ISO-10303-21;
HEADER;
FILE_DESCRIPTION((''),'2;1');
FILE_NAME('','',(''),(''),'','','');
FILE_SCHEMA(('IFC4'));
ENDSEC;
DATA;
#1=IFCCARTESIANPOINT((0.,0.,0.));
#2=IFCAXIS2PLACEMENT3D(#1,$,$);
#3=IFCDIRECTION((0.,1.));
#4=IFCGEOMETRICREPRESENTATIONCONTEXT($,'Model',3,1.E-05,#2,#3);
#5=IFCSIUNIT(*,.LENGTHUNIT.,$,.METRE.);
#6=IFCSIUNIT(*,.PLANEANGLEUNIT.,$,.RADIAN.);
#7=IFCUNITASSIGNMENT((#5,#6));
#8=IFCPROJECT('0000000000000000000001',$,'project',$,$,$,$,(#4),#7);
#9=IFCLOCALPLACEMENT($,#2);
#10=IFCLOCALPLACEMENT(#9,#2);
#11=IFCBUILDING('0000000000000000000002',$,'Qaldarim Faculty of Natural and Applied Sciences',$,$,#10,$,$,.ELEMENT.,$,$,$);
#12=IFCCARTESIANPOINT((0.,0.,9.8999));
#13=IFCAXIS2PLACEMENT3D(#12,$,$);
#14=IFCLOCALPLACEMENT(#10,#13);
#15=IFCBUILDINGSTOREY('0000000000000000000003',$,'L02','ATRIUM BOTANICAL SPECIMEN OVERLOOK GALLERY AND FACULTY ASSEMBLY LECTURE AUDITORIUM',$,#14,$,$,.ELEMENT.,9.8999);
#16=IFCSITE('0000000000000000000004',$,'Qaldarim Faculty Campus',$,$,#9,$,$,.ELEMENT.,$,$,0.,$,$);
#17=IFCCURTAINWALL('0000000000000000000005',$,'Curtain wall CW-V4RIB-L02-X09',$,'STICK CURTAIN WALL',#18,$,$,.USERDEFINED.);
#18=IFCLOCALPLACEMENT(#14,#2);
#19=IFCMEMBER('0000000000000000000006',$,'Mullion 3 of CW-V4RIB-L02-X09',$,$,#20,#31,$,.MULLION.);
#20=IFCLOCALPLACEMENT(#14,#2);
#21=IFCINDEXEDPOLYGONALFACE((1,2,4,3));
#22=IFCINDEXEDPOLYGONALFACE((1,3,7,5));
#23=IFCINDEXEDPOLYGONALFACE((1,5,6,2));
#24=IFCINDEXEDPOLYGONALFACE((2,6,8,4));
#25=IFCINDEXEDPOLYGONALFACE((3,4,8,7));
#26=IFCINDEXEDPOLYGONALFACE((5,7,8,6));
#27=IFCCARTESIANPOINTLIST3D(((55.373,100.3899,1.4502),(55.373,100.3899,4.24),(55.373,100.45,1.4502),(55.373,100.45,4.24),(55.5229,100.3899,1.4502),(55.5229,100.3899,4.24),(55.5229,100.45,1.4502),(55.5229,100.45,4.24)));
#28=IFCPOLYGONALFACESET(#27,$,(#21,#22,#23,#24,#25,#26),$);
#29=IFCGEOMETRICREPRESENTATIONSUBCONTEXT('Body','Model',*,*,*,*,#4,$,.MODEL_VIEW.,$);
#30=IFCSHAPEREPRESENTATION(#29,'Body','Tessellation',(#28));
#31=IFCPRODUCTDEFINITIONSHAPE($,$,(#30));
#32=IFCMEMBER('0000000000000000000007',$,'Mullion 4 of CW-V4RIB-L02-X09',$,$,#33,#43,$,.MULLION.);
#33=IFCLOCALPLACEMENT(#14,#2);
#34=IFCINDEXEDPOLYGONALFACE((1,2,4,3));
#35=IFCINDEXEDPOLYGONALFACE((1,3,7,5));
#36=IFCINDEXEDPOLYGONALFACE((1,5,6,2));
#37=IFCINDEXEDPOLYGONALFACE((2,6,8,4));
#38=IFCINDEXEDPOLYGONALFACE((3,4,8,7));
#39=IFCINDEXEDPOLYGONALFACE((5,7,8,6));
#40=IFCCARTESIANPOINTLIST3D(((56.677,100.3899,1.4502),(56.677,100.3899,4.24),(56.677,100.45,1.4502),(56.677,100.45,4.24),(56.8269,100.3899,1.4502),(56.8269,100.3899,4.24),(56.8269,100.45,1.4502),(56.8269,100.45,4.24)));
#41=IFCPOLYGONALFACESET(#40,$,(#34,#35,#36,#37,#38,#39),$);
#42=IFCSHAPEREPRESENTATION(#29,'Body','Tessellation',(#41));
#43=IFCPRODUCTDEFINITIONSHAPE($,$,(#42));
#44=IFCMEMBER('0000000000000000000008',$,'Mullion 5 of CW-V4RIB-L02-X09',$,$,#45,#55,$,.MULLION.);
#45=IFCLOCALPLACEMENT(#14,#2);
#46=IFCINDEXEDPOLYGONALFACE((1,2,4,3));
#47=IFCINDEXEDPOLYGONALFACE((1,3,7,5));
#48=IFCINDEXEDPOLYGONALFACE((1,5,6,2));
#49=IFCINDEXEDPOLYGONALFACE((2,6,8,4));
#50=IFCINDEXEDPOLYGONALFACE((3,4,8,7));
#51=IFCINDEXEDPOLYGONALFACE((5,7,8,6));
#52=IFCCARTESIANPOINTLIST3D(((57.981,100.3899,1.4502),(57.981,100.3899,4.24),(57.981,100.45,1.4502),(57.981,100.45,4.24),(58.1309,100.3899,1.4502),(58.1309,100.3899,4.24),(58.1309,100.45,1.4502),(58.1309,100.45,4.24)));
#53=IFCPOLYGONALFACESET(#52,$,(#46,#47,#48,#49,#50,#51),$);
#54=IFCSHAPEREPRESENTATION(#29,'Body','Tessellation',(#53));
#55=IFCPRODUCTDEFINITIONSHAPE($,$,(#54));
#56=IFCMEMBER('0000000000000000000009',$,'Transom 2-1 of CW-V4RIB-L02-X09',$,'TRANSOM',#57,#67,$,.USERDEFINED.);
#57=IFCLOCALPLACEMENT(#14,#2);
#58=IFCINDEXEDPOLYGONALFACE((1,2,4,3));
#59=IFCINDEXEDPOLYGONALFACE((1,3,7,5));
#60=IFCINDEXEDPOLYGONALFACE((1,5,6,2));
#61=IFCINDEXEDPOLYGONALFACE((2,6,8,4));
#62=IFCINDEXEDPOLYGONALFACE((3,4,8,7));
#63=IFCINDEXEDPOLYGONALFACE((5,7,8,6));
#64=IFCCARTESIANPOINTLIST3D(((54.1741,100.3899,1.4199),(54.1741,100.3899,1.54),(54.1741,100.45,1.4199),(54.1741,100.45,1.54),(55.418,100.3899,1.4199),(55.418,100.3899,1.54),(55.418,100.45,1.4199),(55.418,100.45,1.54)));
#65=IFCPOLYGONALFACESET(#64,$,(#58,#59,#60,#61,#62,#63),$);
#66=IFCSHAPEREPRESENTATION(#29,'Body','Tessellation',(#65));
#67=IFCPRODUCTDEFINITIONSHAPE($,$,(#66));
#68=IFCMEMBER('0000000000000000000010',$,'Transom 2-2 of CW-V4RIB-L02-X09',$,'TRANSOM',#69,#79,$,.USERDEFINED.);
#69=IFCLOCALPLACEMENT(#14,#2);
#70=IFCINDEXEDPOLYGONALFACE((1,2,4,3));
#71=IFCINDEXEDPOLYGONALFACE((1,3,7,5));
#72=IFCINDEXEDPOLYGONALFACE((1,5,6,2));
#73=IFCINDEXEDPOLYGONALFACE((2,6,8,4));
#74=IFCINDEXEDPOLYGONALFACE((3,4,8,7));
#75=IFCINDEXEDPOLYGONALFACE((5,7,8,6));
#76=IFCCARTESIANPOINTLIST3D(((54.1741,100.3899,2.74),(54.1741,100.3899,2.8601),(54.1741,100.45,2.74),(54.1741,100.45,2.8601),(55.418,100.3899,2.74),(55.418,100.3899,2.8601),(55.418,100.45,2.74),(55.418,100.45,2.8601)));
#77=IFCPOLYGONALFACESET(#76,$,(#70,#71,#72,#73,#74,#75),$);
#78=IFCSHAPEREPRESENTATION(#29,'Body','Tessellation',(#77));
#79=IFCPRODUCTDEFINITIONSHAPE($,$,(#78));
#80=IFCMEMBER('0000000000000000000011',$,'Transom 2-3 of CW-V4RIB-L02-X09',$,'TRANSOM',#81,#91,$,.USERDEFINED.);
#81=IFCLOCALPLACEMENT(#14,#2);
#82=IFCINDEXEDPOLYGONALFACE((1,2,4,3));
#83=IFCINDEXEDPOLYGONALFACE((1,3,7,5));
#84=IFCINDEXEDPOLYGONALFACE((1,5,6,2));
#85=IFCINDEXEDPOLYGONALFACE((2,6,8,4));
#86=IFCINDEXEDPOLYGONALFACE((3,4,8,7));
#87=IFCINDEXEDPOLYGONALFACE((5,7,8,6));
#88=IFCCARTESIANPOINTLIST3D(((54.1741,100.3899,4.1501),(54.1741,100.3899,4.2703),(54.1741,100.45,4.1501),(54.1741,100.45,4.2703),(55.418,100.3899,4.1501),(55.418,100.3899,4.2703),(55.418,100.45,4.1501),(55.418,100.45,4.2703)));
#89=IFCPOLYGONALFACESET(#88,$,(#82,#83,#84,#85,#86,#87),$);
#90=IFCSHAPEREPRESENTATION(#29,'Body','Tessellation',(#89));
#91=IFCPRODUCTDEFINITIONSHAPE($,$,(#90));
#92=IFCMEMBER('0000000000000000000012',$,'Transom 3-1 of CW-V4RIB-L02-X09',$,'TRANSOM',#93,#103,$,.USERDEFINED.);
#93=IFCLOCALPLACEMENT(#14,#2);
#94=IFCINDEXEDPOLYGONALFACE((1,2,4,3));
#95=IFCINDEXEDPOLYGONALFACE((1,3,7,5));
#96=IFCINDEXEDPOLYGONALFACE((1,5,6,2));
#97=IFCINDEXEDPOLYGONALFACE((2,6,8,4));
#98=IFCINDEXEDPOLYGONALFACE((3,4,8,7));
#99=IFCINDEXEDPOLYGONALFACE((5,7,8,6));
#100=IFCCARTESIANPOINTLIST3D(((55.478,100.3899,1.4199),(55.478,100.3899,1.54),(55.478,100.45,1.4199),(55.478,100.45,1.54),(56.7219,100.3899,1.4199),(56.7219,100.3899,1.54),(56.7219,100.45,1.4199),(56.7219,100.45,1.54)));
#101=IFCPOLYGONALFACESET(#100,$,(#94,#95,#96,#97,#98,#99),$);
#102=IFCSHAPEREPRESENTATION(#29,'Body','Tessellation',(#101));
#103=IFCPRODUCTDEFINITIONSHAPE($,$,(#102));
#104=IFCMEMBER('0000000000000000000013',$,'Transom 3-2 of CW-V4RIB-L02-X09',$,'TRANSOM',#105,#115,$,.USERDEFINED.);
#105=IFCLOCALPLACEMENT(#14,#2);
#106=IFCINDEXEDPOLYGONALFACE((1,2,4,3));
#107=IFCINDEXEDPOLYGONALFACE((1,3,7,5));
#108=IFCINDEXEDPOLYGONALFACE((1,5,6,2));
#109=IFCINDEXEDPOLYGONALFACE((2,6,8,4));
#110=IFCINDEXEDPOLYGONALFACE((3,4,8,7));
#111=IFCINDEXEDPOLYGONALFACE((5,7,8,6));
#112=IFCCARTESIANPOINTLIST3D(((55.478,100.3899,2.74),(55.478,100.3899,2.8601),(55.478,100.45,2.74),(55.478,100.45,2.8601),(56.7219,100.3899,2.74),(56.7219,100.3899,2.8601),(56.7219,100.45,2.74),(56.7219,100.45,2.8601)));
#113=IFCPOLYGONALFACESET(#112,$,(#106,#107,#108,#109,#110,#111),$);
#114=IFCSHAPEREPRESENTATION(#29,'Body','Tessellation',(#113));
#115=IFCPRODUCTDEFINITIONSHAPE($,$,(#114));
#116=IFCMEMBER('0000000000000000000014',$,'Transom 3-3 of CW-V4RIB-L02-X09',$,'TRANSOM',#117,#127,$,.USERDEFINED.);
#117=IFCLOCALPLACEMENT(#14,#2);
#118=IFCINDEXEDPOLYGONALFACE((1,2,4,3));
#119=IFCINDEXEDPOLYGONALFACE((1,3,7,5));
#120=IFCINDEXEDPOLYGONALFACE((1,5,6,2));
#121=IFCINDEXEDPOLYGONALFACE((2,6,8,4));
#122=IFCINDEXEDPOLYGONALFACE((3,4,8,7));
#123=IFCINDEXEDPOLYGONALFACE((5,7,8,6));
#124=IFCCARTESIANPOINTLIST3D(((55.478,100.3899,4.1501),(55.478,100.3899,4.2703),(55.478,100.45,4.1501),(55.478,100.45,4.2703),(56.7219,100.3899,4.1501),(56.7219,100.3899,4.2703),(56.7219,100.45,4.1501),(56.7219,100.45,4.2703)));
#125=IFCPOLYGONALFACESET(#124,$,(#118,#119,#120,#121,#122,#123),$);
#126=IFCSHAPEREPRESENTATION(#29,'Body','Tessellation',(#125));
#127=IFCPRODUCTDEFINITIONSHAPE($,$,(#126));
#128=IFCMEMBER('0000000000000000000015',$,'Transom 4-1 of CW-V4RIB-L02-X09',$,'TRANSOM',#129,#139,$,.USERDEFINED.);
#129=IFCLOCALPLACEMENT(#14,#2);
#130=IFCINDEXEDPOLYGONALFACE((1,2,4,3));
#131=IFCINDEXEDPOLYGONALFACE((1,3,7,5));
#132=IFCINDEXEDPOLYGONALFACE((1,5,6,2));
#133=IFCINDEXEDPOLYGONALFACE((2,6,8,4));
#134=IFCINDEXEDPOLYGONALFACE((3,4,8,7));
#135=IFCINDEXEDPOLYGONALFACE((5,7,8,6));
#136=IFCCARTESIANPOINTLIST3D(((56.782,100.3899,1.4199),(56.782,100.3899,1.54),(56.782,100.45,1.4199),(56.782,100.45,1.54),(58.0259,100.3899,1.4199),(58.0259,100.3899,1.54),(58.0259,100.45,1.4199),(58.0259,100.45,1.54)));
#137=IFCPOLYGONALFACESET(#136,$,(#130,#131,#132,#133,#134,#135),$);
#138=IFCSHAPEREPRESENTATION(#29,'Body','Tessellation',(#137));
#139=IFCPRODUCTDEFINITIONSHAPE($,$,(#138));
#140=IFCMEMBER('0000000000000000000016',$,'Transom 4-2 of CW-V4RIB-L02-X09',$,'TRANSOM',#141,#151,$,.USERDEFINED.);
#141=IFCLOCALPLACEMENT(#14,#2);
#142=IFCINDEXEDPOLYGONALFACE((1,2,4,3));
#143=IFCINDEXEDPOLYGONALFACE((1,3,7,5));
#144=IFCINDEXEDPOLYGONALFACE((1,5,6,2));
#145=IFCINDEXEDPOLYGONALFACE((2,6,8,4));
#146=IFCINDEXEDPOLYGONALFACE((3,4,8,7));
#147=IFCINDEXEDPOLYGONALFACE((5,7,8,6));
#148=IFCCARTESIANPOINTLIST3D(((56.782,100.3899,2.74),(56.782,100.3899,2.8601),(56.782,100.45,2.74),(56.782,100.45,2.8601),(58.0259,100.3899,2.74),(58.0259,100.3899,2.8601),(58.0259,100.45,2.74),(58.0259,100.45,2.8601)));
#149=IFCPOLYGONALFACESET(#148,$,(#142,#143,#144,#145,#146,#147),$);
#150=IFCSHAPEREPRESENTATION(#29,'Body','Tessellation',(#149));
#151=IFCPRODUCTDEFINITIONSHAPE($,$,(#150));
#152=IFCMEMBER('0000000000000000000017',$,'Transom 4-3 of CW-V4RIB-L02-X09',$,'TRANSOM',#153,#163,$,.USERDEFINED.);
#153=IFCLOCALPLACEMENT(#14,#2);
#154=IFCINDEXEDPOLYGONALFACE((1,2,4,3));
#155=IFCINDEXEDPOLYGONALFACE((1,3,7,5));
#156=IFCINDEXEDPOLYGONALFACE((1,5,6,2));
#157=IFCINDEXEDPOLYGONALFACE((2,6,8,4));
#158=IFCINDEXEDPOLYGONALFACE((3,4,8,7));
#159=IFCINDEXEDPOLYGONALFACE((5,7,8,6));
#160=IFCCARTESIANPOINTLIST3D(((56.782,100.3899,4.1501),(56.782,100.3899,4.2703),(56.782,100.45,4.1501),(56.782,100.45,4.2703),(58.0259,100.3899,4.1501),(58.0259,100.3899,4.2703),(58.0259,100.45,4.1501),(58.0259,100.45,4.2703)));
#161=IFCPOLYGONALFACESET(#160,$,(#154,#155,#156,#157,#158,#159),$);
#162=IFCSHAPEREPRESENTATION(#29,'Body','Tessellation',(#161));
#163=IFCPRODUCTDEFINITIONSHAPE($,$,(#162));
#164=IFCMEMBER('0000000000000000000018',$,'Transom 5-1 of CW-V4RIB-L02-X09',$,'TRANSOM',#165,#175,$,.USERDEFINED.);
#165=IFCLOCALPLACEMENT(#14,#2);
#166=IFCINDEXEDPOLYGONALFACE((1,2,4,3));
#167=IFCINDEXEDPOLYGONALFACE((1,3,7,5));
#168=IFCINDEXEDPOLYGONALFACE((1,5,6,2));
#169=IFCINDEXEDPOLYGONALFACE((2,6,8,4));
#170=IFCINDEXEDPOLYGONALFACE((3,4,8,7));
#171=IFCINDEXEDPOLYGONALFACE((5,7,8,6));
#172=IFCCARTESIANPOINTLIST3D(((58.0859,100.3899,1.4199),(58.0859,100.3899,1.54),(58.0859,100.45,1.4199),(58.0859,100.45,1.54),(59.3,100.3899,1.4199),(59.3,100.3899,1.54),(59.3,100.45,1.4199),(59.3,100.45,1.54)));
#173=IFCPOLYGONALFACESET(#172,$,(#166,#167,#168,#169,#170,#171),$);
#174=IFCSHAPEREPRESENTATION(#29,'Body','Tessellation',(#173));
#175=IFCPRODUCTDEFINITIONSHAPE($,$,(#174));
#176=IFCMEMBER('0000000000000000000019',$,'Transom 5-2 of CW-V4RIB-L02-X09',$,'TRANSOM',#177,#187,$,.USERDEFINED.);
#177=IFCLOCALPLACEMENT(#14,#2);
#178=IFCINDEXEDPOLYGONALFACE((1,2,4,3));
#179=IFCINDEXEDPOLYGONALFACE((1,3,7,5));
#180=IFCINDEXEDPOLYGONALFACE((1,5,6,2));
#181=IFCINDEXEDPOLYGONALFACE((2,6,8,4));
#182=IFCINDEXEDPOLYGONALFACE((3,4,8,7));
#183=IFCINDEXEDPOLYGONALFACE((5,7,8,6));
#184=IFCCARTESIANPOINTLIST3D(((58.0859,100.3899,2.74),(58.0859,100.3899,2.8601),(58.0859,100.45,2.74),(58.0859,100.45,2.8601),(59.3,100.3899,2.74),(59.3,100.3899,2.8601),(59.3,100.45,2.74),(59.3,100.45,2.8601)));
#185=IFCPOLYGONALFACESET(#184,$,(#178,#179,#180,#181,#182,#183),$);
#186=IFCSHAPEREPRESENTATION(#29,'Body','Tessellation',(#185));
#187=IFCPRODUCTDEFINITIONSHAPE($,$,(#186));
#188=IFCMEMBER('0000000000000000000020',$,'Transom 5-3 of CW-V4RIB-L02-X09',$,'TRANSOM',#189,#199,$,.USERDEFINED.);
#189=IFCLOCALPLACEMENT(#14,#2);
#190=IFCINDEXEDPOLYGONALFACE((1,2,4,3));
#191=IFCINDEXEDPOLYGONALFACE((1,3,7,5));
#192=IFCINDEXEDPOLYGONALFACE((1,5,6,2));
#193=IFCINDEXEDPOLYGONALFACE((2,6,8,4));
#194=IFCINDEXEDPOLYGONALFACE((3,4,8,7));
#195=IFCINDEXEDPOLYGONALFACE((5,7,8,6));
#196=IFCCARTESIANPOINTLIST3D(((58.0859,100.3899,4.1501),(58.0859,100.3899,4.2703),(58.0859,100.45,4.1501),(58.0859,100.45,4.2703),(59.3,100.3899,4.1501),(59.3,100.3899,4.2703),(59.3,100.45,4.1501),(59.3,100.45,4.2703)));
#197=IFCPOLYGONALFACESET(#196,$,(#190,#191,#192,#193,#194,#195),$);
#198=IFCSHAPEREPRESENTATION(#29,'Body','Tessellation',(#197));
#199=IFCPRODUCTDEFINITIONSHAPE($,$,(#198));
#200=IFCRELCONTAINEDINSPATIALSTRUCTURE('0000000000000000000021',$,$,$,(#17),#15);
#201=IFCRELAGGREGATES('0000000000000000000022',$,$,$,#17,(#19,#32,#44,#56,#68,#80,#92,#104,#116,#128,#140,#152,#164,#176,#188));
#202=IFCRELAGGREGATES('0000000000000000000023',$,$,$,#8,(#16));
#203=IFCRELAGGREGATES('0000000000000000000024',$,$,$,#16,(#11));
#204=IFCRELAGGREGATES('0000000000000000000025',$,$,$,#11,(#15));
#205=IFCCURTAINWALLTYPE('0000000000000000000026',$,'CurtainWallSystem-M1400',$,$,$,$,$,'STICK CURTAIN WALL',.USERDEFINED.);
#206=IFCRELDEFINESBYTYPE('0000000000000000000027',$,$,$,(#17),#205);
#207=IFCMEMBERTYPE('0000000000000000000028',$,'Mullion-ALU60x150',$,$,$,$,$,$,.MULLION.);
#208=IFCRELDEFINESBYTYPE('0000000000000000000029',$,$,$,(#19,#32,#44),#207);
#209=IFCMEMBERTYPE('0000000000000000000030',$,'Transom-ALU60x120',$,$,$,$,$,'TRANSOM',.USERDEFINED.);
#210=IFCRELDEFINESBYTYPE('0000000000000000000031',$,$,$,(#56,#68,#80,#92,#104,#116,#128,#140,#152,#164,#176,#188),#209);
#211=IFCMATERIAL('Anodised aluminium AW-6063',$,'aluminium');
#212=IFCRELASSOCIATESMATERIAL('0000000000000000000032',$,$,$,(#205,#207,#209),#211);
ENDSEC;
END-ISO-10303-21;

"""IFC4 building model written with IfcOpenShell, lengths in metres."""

from ifc_helpers import new_model, si_unit, direction, frame, origin, origin_2d, place, context, subcontext, project, spatial, rectangle, extrude, material, material_profile, profile_set, type_object, element, aggregate, save


model = new_model("IFC4")

# Units and contexts
model_context = context("Model", 3, precision=1e-05, world=origin(), true_north=direction((0.0, 1.0)))
body_context = subcontext(model_context, "Body", "Model", "MODEL_VIEW")
ifc_project = project(units=[si_unit("LENGTHUNIT", "METRE"), si_unit("PLANEANGLEUNIT", "RADIAN")], contexts=[model_context])

# Site, building, storey
site_placement = place(None, origin())
site = spatial("IfcSite", under=ifc_project, at=site_placement, Name="Qaldarim Faculty Campus", CompositionType="ELEMENT", RefElevation=0.0)
building_placement = place(site_placement, origin())
building = spatial("IfcBuilding", under=site, at=building_placement, Name="Qaldarim Faculty of Natural and Applied Sciences", CompositionType="ELEMENT")
storey_placement = place(building_placement, frame((0.0, 0.0, 9.8999)))
storey = spatial("IfcBuildingStorey", under=building, at=storey_placement, Name="L02", Description="ATRIUM BOTANICAL SPECIMEN OVERLOOK GALLERY AND FACULTY ASSEMBLY LECTURE AUDITORIUM", CompositionType="ELEMENT", Elevation=9.8999)

# Curtain wall, members
ifc_material_1 = material(Name="Anodised aluminium AW-6063", Category="aluminium")
curtain_wall_type = type_object("IfcCurtainWallType", Name="CurtainWallSystem-M1400", ElementType="STICK CURTAIN WALL", PredefinedType="USERDEFINED", material=ifc_material_1)
curtain_wall_placement = place(storey_placement, origin())
curtain_wall = element("IfcCurtainWall", 1, at=curtain_wall_placement, inside=storey, type_object=curtain_wall_type, Name="Curtain wall CW-V4RIB-L02-X09", ObjectType="STICK CURTAIN WALL", PredefinedType="USERDEFINED")
ifc_material_profile_1 = material_profile(ifc_material_1, rectangle(XDim=0.0601, YDim=0.1499, at=origin_2d()), Name="ALU-M60x150")
ifc_profile_set_1 = profile_set([ifc_material_profile_1], Name="Anodised aluminium AW-6063")
member_type_1 = type_object("IfcMemberType", Name="Mullion-ALU60x150", PredefinedType="MULLION", material=ifc_profile_set_1)
member_1_placement = place(storey_placement, frame((55.448, 100.4199, 1.4502), z_axis=(0.0, 0.0, 1.0), x_axis=(0.0, 1.0, 0.0)))
member_1 = element("IfcMember", 2, at=member_1_placement, type_object=member_type_1, Name="Mullion 3 of CW-V4RIB-L02-X09", PredefinedType="MULLION", context=body_context, shape_type="SweptSolid", body=[
    extrude(rectangle(XDim=0.0601, YDim=0.1499, at=origin_2d()), origin(), (0.0, 0.0, 1.0), 2.7898),
])
member_2_placement = place(storey_placement, frame((56.752, 100.4199, 1.4502), z_axis=(0.0, 0.0, 1.0), x_axis=(0.0, 1.0, 0.0)))
member_2 = element("IfcMember", 3, at=member_2_placement, type_object=member_type_1, Name="Mullion 4 of CW-V4RIB-L02-X09", PredefinedType="MULLION", context=body_context, shape_type="SweptSolid", body=[
    extrude(rectangle(XDim=0.0601, YDim=0.1499, at=origin_2d()), origin(), (0.0, 0.0, 1.0), 2.7898),
])
member_3_placement = place(storey_placement, frame((58.0559, 100.4199, 1.4502), z_axis=(0.0, 0.0, 1.0), x_axis=(0.0, 1.0, 0.0)))
member_3 = element("IfcMember", 4, at=member_3_placement, type_object=member_type_1, Name="Mullion 5 of CW-V4RIB-L02-X09", PredefinedType="MULLION", context=body_context, shape_type="SweptSolid", body=[
    extrude(rectangle(XDim=0.0601, YDim=0.1499, at=origin_2d()), origin(), (0.0, 0.0, 1.0), 2.7898),
])
ifc_material_profile_2 = material_profile(ifc_material_1, rectangle(XDim=0.0601, YDim=0.1201, at=origin_2d()), Name="ALU-T60x120")
ifc_profile_set_2 = profile_set([ifc_material_profile_2], Name="Anodised aluminium AW-6063")
member_type_2 = type_object("IfcMemberType", Name="Transom-ALU60x120", ElementType="TRANSOM", PredefinedType="USERDEFINED", material=ifc_profile_set_2)
member_4_placement = place(storey_placement, frame((54.1741, 100.4199, 1.48), z_axis=(1.0, 0.0, 0.0), x_axis=(0.0, 1.0, 0.0)))
member_4 = element("IfcMember", 5, at=member_4_placement, type_object=member_type_2, Name="Transom 2-1 of CW-V4RIB-L02-X09", ObjectType="TRANSOM", PredefinedType="USERDEFINED", context=body_context, shape_type="SweptSolid", body=[
    extrude(rectangle(XDim=0.0601, YDim=0.1201, at=origin_2d()), origin(), (0.0, 0.0, 1.0), 1.2439),
])
member_5_placement = place(storey_placement, frame((54.1741, 100.4199, 2.8), z_axis=(1.0, 0.0, 0.0), x_axis=(0.0, 1.0, 0.0)))
member_5 = element("IfcMember", 6, at=member_5_placement, type_object=member_type_2, Name="Transom 2-2 of CW-V4RIB-L02-X09", ObjectType="TRANSOM", PredefinedType="USERDEFINED", context=body_context, shape_type="SweptSolid", body=[
    extrude(rectangle(XDim=0.0601, YDim=0.1201, at=origin_2d()), origin(), (0.0, 0.0, 1.0), 1.2439),
])
member_6_placement = place(storey_placement, frame((54.1741, 100.4199, 4.2102), z_axis=(1.0, 0.0, 0.0), x_axis=(0.0, 1.0, 0.0)))
member_6 = element("IfcMember", 7, at=member_6_placement, type_object=member_type_2, Name="Transom 2-3 of CW-V4RIB-L02-X09", ObjectType="TRANSOM", PredefinedType="USERDEFINED", context=body_context, shape_type="SweptSolid", body=[
    extrude(rectangle(XDim=0.0601, YDim=0.1201, at=origin_2d()), origin(), (0.0, 0.0, 1.0), 1.2439),
])
member_7_placement = place(storey_placement, frame((55.478, 100.4199, 1.48), z_axis=(1.0, 0.0, 0.0), x_axis=(0.0, 1.0, 0.0)))
member_7 = element("IfcMember", 8, at=member_7_placement, type_object=member_type_2, Name="Transom 3-1 of CW-V4RIB-L02-X09", ObjectType="TRANSOM", PredefinedType="USERDEFINED", context=body_context, shape_type="SweptSolid", body=[
    extrude(rectangle(XDim=0.0601, YDim=0.1201, at=origin_2d()), origin(), (0.0, 0.0, 1.0), 1.2439),
])
member_8_placement = place(storey_placement, frame((55.478, 100.4199, 2.8), z_axis=(1.0, 0.0, 0.0), x_axis=(0.0, 1.0, 0.0)))
member_8 = element("IfcMember", 9, at=member_8_placement, type_object=member_type_2, Name="Transom 3-2 of CW-V4RIB-L02-X09", ObjectType="TRANSOM", PredefinedType="USERDEFINED", context=body_context, shape_type="SweptSolid", body=[
    extrude(rectangle(XDim=0.0601, YDim=0.1201, at=origin_2d()), origin(), (0.0, 0.0, 1.0), 1.2439),
])
member_9_placement = place(storey_placement, frame((55.478, 100.4199, 4.2102), z_axis=(1.0, 0.0, 0.0), x_axis=(0.0, 1.0, 0.0)))
member_9 = element("IfcMember", 10, at=member_9_placement, type_object=member_type_2, Name="Transom 3-3 of CW-V4RIB-L02-X09", ObjectType="TRANSOM", PredefinedType="USERDEFINED", context=body_context, shape_type="SweptSolid", body=[
    extrude(rectangle(XDim=0.0601, YDim=0.1201, at=origin_2d()), origin(), (0.0, 0.0, 1.0), 1.2439),
])
member_10_placement = place(storey_placement, frame((56.782, 100.4199, 1.48), z_axis=(1.0, 0.0, 0.0), x_axis=(0.0, 1.0, 0.0)))
member_10 = element("IfcMember", 11, at=member_10_placement, type_object=member_type_2, Name="Transom 4-1 of CW-V4RIB-L02-X09", ObjectType="TRANSOM", PredefinedType="USERDEFINED", context=body_context, shape_type="SweptSolid", body=[
    extrude(rectangle(XDim=0.0601, YDim=0.1201, at=origin_2d()), origin(), (0.0, 0.0, 1.0), 1.2439),
])
member_11_placement = place(storey_placement, frame((56.782, 100.4199, 2.8), z_axis=(1.0, 0.0, 0.0), x_axis=(0.0, 1.0, 0.0)))
member_11 = element("IfcMember", 12, at=member_11_placement, type_object=member_type_2, Name="Transom 4-2 of CW-V4RIB-L02-X09", ObjectType="TRANSOM", PredefinedType="USERDEFINED", context=body_context, shape_type="SweptSolid", body=[
    extrude(rectangle(XDim=0.0601, YDim=0.1201, at=origin_2d()), origin(), (0.0, 0.0, 1.0), 1.2439),
])
member_12_placement = place(storey_placement, frame((56.782, 100.4199, 4.2102), z_axis=(1.0, 0.0, 0.0), x_axis=(0.0, 1.0, 0.0)))
member_12 = element("IfcMember", 13, at=member_12_placement, type_object=member_type_2, Name="Transom 4-3 of CW-V4RIB-L02-X09", ObjectType="TRANSOM", PredefinedType="USERDEFINED", context=body_context, shape_type="SweptSolid", body=[
    extrude(rectangle(XDim=0.0601, YDim=0.1201, at=origin_2d()), origin(), (0.0, 0.0, 1.0), 1.2439),
])
member_13_placement = place(storey_placement, frame((58.0859, 100.4199, 1.48), z_axis=(1.0, 0.0, 0.0), x_axis=(0.0, 1.0, 0.0)))
member_13 = element("IfcMember", 14, at=member_13_placement, type_object=member_type_2, Name="Transom 5-1 of CW-V4RIB-L02-X09", ObjectType="TRANSOM", PredefinedType="USERDEFINED", context=body_context, shape_type="SweptSolid", body=[
    extrude(rectangle(XDim=0.0601, YDim=0.1201, at=origin_2d()), origin(), (0.0, 0.0, 1.0), 1.2141),
])
member_14_placement = place(storey_placement, frame((58.0859, 100.4199, 2.8), z_axis=(1.0, 0.0, 0.0), x_axis=(0.0, 1.0, 0.0)))
member_14 = element("IfcMember", 15, at=member_14_placement, type_object=member_type_2, Name="Transom 5-2 of CW-V4RIB-L02-X09", ObjectType="TRANSOM", PredefinedType="USERDEFINED", context=body_context, shape_type="SweptSolid", body=[
    extrude(rectangle(XDim=0.0601, YDim=0.1201, at=origin_2d()), origin(), (0.0, 0.0, 1.0), 1.2141),
])
member_15_placement = place(storey_placement, frame((58.0859, 100.4199, 4.2102), z_axis=(1.0, 0.0, 0.0), x_axis=(0.0, 1.0, 0.0)))
member_15 = element("IfcMember", 16, at=member_15_placement, type_object=member_type_2, Name="Transom 5-3 of CW-V4RIB-L02-X09", ObjectType="TRANSOM", PredefinedType="USERDEFINED", context=body_context, shape_type="SweptSolid", body=[
    extrude(rectangle(XDim=0.0601, YDim=0.1201, at=origin_2d()), origin(), (0.0, 0.0, 1.0), 1.2141),
])
aggregate(curtain_wall, [member_1, member_2, member_3, member_4, member_5, member_6, member_7, member_8, member_9, member_10, member_11, member_12, member_13, member_14, member_15])

save(model, "model.ifc")
